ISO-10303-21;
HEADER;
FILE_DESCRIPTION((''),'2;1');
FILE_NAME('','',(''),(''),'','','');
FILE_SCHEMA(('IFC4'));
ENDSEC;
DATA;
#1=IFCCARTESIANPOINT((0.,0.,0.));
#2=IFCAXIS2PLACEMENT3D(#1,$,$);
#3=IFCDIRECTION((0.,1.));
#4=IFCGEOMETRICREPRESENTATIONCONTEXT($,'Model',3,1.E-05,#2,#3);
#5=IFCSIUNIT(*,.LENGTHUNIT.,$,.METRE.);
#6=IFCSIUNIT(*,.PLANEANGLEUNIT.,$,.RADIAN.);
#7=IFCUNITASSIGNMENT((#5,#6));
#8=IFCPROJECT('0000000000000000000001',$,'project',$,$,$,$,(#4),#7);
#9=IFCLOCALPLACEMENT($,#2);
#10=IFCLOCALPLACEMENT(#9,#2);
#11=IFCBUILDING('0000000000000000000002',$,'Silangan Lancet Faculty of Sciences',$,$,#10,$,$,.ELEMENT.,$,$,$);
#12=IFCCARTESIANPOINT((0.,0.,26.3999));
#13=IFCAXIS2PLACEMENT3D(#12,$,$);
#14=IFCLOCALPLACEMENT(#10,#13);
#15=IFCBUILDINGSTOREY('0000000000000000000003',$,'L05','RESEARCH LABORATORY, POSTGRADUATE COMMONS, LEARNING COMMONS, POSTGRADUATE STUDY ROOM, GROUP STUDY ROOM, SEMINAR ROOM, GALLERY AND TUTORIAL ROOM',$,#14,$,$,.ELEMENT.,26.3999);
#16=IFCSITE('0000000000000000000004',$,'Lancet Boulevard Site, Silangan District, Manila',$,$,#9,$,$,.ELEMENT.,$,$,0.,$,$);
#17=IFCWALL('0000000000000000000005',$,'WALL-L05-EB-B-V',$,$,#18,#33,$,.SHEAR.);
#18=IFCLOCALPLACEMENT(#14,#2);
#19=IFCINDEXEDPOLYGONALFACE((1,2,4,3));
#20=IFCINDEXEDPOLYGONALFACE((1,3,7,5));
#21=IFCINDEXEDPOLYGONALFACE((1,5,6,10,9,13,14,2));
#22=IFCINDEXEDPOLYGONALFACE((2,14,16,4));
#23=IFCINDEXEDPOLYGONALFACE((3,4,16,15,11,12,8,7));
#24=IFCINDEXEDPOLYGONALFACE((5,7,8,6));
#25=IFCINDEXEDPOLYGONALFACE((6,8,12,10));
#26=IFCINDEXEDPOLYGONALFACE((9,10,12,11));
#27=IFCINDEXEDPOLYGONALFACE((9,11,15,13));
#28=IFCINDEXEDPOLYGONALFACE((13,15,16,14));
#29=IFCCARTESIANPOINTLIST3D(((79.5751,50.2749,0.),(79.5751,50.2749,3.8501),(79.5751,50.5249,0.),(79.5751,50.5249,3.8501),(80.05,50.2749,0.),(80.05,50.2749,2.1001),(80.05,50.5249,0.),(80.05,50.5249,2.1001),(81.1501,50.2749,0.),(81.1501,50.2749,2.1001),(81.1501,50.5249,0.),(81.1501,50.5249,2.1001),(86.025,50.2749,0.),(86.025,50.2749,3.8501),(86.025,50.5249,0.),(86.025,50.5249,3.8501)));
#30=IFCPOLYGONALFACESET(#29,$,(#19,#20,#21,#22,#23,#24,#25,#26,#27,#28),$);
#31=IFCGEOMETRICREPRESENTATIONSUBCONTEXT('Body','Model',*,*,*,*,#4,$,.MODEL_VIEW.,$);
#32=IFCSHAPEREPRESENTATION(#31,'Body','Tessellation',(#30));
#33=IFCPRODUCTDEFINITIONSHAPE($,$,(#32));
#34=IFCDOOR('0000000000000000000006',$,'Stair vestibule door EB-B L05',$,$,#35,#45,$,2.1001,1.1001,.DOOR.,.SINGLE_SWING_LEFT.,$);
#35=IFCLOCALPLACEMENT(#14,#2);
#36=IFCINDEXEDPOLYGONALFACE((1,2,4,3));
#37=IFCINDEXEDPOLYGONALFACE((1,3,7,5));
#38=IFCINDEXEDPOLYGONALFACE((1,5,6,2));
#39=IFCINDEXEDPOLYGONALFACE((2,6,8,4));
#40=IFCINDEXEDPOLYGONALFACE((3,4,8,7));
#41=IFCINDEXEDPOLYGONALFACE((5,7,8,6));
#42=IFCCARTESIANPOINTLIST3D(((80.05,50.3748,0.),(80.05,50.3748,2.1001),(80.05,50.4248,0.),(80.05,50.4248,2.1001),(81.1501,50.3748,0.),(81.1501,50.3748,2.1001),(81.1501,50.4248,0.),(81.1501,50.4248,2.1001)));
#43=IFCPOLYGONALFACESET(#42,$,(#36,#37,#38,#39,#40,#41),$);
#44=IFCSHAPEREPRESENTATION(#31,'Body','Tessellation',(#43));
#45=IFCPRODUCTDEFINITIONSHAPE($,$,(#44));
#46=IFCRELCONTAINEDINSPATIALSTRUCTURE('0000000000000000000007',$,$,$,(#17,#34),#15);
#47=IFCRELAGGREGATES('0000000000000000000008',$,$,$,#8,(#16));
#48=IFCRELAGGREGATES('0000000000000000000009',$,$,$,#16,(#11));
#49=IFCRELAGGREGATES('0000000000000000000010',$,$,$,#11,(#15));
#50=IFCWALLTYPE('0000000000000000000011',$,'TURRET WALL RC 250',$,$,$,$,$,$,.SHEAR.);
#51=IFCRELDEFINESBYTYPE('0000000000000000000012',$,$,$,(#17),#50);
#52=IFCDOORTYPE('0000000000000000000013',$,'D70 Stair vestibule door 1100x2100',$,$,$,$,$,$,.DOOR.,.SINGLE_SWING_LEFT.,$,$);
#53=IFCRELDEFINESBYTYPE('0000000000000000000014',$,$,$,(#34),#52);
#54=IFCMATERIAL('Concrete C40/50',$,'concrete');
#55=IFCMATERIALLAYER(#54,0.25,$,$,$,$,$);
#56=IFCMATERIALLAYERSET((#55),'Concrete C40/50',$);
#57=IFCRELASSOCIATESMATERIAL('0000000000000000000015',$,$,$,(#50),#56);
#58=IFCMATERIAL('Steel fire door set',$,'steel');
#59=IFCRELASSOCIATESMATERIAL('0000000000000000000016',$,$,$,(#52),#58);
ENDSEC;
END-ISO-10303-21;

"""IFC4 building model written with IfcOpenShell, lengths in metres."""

from ifc_helpers import new_model, si_unit, direction, frame, frame_2d, origin, place, context, subcontext, project, spatial, rectangle, extrude, material, layer, layer_set, type_object, element, fill, save


model = new_model("IFC4")

# Units and contexts
model_context = context("Model", 3, precision=1e-05, world=origin(), true_north=direction((0.0, 1.0)))
body_context = subcontext(model_context, "Body", "Model", "MODEL_VIEW")
ifc_project = project(units=[si_unit("LENGTHUNIT", "METRE"), si_unit("PLANEANGLEUNIT", "RADIAN")], contexts=[model_context])

# Site, building, storey
site_placement = place(None, origin())
site = spatial("IfcSite", under=ifc_project, at=site_placement, Name="Lancet Boulevard Site, Silangan District, Manila", CompositionType="ELEMENT", RefElevation=0.0)
building_placement = place(site_placement, origin())
building = spatial("IfcBuilding", under=site, at=building_placement, Name="Silangan Lancet Faculty of Sciences", CompositionType="ELEMENT")
storey_placement = place(building_placement, frame((0.0, 0.0, 26.3999)))
storey = spatial("IfcBuildingStorey", under=building, at=storey_placement, Name="L05", Description="RESEARCH LABORATORY, POSTGRADUATE COMMONS, LEARNING COMMONS, POSTGRADUATE STUDY ROOM, GROUP STUDY ROOM, SEMINAR ROOM, GALLERY AND TUTORIAL ROOM", CompositionType="ELEMENT", Elevation=26.3999)

# Wall, opening, door
ifc_material_1 = material(Name="Concrete C40/50", Category="concrete")
ifc_layer_1 = layer(ifc_material_1, 0.25)
ifc_layer_set_1 = layer_set([ifc_layer_1], Name="Concrete C40/50")
wall_type_1 = type_object("IfcWallType", Name="TURRET WALL RC 250", PredefinedType="SHEAR", material=ifc_layer_set_1)
wall_1_placement = place(storey_placement, frame((79.575, 50.3999, 0.0), z_axis=(0.0, 0.0, 1.0), x_axis=(1.0, 0.0, 0.0)))
wall_1 = element("IfcWall", 1, at=wall_1_placement, inside=storey, type_object=wall_type_1, Name="WALL-L05-EB-B-V", PredefinedType="SHEAR", context=body_context, shape_type="SweptSolid", body=[
    extrude(rectangle(XDim=6.45, YDim=0.25, at=frame_2d((3.2251, 0.0))), origin(), (0.0, 0.0, 1.0), 3.8501),
])
opening_1_placement = place(wall_1_placement, frame((0.4751, 0.0, 0.0)))
opening_1 = element("IfcOpeningElement", 2, at=opening_1_placement, cuts=wall_1, PredefinedType="OPENING", context=body_context, shape_type="SweptSolid", body=[
    extrude(rectangle(XDim=1.1001, YDim=2.1001, at=frame_2d((0.55, 1.05))), frame((0.0, 0.135, 0.0), z_axis=(0.0, -1.0, 0.0), x_axis=(1.0, 0.0, 0.0)), (0.0, 0.0, 1.0), 0.27),
])
ifc_material_2 = material(Name="Steel fire door set", Category="steel")
door_type_1 = type_object("IfcDoorType", Name="D70 Stair vestibule door 1100x2100", OperationType="SINGLE_SWING_LEFT", PredefinedType="DOOR", material=ifc_material_2)
door_1_placement = place(opening_1_placement, origin())
door_1 = element("IfcDoor", 3, at=door_1_placement, inside=storey, type_object=door_type_1, Name="Stair vestibule door EB-B L05", OperationType="SINGLE_SWING_LEFT", OverallHeight=2.1001, OverallWidth=1.1001, PredefinedType="DOOR", context=body_context, shape_type="SweptSolid", body=[
    extrude(rectangle(XDim=1.1001, YDim=2.1001, at=frame_2d((0.55, 1.05))), frame((0.0, 0.0249, 0.0), z_axis=(0.0, -1.0, 0.0), x_axis=(1.0, 0.0, 0.0)), (0.0, 0.0, 1.0), 0.05),
])
fill(opening_1, door_1)

save(model, "model.ifc")
